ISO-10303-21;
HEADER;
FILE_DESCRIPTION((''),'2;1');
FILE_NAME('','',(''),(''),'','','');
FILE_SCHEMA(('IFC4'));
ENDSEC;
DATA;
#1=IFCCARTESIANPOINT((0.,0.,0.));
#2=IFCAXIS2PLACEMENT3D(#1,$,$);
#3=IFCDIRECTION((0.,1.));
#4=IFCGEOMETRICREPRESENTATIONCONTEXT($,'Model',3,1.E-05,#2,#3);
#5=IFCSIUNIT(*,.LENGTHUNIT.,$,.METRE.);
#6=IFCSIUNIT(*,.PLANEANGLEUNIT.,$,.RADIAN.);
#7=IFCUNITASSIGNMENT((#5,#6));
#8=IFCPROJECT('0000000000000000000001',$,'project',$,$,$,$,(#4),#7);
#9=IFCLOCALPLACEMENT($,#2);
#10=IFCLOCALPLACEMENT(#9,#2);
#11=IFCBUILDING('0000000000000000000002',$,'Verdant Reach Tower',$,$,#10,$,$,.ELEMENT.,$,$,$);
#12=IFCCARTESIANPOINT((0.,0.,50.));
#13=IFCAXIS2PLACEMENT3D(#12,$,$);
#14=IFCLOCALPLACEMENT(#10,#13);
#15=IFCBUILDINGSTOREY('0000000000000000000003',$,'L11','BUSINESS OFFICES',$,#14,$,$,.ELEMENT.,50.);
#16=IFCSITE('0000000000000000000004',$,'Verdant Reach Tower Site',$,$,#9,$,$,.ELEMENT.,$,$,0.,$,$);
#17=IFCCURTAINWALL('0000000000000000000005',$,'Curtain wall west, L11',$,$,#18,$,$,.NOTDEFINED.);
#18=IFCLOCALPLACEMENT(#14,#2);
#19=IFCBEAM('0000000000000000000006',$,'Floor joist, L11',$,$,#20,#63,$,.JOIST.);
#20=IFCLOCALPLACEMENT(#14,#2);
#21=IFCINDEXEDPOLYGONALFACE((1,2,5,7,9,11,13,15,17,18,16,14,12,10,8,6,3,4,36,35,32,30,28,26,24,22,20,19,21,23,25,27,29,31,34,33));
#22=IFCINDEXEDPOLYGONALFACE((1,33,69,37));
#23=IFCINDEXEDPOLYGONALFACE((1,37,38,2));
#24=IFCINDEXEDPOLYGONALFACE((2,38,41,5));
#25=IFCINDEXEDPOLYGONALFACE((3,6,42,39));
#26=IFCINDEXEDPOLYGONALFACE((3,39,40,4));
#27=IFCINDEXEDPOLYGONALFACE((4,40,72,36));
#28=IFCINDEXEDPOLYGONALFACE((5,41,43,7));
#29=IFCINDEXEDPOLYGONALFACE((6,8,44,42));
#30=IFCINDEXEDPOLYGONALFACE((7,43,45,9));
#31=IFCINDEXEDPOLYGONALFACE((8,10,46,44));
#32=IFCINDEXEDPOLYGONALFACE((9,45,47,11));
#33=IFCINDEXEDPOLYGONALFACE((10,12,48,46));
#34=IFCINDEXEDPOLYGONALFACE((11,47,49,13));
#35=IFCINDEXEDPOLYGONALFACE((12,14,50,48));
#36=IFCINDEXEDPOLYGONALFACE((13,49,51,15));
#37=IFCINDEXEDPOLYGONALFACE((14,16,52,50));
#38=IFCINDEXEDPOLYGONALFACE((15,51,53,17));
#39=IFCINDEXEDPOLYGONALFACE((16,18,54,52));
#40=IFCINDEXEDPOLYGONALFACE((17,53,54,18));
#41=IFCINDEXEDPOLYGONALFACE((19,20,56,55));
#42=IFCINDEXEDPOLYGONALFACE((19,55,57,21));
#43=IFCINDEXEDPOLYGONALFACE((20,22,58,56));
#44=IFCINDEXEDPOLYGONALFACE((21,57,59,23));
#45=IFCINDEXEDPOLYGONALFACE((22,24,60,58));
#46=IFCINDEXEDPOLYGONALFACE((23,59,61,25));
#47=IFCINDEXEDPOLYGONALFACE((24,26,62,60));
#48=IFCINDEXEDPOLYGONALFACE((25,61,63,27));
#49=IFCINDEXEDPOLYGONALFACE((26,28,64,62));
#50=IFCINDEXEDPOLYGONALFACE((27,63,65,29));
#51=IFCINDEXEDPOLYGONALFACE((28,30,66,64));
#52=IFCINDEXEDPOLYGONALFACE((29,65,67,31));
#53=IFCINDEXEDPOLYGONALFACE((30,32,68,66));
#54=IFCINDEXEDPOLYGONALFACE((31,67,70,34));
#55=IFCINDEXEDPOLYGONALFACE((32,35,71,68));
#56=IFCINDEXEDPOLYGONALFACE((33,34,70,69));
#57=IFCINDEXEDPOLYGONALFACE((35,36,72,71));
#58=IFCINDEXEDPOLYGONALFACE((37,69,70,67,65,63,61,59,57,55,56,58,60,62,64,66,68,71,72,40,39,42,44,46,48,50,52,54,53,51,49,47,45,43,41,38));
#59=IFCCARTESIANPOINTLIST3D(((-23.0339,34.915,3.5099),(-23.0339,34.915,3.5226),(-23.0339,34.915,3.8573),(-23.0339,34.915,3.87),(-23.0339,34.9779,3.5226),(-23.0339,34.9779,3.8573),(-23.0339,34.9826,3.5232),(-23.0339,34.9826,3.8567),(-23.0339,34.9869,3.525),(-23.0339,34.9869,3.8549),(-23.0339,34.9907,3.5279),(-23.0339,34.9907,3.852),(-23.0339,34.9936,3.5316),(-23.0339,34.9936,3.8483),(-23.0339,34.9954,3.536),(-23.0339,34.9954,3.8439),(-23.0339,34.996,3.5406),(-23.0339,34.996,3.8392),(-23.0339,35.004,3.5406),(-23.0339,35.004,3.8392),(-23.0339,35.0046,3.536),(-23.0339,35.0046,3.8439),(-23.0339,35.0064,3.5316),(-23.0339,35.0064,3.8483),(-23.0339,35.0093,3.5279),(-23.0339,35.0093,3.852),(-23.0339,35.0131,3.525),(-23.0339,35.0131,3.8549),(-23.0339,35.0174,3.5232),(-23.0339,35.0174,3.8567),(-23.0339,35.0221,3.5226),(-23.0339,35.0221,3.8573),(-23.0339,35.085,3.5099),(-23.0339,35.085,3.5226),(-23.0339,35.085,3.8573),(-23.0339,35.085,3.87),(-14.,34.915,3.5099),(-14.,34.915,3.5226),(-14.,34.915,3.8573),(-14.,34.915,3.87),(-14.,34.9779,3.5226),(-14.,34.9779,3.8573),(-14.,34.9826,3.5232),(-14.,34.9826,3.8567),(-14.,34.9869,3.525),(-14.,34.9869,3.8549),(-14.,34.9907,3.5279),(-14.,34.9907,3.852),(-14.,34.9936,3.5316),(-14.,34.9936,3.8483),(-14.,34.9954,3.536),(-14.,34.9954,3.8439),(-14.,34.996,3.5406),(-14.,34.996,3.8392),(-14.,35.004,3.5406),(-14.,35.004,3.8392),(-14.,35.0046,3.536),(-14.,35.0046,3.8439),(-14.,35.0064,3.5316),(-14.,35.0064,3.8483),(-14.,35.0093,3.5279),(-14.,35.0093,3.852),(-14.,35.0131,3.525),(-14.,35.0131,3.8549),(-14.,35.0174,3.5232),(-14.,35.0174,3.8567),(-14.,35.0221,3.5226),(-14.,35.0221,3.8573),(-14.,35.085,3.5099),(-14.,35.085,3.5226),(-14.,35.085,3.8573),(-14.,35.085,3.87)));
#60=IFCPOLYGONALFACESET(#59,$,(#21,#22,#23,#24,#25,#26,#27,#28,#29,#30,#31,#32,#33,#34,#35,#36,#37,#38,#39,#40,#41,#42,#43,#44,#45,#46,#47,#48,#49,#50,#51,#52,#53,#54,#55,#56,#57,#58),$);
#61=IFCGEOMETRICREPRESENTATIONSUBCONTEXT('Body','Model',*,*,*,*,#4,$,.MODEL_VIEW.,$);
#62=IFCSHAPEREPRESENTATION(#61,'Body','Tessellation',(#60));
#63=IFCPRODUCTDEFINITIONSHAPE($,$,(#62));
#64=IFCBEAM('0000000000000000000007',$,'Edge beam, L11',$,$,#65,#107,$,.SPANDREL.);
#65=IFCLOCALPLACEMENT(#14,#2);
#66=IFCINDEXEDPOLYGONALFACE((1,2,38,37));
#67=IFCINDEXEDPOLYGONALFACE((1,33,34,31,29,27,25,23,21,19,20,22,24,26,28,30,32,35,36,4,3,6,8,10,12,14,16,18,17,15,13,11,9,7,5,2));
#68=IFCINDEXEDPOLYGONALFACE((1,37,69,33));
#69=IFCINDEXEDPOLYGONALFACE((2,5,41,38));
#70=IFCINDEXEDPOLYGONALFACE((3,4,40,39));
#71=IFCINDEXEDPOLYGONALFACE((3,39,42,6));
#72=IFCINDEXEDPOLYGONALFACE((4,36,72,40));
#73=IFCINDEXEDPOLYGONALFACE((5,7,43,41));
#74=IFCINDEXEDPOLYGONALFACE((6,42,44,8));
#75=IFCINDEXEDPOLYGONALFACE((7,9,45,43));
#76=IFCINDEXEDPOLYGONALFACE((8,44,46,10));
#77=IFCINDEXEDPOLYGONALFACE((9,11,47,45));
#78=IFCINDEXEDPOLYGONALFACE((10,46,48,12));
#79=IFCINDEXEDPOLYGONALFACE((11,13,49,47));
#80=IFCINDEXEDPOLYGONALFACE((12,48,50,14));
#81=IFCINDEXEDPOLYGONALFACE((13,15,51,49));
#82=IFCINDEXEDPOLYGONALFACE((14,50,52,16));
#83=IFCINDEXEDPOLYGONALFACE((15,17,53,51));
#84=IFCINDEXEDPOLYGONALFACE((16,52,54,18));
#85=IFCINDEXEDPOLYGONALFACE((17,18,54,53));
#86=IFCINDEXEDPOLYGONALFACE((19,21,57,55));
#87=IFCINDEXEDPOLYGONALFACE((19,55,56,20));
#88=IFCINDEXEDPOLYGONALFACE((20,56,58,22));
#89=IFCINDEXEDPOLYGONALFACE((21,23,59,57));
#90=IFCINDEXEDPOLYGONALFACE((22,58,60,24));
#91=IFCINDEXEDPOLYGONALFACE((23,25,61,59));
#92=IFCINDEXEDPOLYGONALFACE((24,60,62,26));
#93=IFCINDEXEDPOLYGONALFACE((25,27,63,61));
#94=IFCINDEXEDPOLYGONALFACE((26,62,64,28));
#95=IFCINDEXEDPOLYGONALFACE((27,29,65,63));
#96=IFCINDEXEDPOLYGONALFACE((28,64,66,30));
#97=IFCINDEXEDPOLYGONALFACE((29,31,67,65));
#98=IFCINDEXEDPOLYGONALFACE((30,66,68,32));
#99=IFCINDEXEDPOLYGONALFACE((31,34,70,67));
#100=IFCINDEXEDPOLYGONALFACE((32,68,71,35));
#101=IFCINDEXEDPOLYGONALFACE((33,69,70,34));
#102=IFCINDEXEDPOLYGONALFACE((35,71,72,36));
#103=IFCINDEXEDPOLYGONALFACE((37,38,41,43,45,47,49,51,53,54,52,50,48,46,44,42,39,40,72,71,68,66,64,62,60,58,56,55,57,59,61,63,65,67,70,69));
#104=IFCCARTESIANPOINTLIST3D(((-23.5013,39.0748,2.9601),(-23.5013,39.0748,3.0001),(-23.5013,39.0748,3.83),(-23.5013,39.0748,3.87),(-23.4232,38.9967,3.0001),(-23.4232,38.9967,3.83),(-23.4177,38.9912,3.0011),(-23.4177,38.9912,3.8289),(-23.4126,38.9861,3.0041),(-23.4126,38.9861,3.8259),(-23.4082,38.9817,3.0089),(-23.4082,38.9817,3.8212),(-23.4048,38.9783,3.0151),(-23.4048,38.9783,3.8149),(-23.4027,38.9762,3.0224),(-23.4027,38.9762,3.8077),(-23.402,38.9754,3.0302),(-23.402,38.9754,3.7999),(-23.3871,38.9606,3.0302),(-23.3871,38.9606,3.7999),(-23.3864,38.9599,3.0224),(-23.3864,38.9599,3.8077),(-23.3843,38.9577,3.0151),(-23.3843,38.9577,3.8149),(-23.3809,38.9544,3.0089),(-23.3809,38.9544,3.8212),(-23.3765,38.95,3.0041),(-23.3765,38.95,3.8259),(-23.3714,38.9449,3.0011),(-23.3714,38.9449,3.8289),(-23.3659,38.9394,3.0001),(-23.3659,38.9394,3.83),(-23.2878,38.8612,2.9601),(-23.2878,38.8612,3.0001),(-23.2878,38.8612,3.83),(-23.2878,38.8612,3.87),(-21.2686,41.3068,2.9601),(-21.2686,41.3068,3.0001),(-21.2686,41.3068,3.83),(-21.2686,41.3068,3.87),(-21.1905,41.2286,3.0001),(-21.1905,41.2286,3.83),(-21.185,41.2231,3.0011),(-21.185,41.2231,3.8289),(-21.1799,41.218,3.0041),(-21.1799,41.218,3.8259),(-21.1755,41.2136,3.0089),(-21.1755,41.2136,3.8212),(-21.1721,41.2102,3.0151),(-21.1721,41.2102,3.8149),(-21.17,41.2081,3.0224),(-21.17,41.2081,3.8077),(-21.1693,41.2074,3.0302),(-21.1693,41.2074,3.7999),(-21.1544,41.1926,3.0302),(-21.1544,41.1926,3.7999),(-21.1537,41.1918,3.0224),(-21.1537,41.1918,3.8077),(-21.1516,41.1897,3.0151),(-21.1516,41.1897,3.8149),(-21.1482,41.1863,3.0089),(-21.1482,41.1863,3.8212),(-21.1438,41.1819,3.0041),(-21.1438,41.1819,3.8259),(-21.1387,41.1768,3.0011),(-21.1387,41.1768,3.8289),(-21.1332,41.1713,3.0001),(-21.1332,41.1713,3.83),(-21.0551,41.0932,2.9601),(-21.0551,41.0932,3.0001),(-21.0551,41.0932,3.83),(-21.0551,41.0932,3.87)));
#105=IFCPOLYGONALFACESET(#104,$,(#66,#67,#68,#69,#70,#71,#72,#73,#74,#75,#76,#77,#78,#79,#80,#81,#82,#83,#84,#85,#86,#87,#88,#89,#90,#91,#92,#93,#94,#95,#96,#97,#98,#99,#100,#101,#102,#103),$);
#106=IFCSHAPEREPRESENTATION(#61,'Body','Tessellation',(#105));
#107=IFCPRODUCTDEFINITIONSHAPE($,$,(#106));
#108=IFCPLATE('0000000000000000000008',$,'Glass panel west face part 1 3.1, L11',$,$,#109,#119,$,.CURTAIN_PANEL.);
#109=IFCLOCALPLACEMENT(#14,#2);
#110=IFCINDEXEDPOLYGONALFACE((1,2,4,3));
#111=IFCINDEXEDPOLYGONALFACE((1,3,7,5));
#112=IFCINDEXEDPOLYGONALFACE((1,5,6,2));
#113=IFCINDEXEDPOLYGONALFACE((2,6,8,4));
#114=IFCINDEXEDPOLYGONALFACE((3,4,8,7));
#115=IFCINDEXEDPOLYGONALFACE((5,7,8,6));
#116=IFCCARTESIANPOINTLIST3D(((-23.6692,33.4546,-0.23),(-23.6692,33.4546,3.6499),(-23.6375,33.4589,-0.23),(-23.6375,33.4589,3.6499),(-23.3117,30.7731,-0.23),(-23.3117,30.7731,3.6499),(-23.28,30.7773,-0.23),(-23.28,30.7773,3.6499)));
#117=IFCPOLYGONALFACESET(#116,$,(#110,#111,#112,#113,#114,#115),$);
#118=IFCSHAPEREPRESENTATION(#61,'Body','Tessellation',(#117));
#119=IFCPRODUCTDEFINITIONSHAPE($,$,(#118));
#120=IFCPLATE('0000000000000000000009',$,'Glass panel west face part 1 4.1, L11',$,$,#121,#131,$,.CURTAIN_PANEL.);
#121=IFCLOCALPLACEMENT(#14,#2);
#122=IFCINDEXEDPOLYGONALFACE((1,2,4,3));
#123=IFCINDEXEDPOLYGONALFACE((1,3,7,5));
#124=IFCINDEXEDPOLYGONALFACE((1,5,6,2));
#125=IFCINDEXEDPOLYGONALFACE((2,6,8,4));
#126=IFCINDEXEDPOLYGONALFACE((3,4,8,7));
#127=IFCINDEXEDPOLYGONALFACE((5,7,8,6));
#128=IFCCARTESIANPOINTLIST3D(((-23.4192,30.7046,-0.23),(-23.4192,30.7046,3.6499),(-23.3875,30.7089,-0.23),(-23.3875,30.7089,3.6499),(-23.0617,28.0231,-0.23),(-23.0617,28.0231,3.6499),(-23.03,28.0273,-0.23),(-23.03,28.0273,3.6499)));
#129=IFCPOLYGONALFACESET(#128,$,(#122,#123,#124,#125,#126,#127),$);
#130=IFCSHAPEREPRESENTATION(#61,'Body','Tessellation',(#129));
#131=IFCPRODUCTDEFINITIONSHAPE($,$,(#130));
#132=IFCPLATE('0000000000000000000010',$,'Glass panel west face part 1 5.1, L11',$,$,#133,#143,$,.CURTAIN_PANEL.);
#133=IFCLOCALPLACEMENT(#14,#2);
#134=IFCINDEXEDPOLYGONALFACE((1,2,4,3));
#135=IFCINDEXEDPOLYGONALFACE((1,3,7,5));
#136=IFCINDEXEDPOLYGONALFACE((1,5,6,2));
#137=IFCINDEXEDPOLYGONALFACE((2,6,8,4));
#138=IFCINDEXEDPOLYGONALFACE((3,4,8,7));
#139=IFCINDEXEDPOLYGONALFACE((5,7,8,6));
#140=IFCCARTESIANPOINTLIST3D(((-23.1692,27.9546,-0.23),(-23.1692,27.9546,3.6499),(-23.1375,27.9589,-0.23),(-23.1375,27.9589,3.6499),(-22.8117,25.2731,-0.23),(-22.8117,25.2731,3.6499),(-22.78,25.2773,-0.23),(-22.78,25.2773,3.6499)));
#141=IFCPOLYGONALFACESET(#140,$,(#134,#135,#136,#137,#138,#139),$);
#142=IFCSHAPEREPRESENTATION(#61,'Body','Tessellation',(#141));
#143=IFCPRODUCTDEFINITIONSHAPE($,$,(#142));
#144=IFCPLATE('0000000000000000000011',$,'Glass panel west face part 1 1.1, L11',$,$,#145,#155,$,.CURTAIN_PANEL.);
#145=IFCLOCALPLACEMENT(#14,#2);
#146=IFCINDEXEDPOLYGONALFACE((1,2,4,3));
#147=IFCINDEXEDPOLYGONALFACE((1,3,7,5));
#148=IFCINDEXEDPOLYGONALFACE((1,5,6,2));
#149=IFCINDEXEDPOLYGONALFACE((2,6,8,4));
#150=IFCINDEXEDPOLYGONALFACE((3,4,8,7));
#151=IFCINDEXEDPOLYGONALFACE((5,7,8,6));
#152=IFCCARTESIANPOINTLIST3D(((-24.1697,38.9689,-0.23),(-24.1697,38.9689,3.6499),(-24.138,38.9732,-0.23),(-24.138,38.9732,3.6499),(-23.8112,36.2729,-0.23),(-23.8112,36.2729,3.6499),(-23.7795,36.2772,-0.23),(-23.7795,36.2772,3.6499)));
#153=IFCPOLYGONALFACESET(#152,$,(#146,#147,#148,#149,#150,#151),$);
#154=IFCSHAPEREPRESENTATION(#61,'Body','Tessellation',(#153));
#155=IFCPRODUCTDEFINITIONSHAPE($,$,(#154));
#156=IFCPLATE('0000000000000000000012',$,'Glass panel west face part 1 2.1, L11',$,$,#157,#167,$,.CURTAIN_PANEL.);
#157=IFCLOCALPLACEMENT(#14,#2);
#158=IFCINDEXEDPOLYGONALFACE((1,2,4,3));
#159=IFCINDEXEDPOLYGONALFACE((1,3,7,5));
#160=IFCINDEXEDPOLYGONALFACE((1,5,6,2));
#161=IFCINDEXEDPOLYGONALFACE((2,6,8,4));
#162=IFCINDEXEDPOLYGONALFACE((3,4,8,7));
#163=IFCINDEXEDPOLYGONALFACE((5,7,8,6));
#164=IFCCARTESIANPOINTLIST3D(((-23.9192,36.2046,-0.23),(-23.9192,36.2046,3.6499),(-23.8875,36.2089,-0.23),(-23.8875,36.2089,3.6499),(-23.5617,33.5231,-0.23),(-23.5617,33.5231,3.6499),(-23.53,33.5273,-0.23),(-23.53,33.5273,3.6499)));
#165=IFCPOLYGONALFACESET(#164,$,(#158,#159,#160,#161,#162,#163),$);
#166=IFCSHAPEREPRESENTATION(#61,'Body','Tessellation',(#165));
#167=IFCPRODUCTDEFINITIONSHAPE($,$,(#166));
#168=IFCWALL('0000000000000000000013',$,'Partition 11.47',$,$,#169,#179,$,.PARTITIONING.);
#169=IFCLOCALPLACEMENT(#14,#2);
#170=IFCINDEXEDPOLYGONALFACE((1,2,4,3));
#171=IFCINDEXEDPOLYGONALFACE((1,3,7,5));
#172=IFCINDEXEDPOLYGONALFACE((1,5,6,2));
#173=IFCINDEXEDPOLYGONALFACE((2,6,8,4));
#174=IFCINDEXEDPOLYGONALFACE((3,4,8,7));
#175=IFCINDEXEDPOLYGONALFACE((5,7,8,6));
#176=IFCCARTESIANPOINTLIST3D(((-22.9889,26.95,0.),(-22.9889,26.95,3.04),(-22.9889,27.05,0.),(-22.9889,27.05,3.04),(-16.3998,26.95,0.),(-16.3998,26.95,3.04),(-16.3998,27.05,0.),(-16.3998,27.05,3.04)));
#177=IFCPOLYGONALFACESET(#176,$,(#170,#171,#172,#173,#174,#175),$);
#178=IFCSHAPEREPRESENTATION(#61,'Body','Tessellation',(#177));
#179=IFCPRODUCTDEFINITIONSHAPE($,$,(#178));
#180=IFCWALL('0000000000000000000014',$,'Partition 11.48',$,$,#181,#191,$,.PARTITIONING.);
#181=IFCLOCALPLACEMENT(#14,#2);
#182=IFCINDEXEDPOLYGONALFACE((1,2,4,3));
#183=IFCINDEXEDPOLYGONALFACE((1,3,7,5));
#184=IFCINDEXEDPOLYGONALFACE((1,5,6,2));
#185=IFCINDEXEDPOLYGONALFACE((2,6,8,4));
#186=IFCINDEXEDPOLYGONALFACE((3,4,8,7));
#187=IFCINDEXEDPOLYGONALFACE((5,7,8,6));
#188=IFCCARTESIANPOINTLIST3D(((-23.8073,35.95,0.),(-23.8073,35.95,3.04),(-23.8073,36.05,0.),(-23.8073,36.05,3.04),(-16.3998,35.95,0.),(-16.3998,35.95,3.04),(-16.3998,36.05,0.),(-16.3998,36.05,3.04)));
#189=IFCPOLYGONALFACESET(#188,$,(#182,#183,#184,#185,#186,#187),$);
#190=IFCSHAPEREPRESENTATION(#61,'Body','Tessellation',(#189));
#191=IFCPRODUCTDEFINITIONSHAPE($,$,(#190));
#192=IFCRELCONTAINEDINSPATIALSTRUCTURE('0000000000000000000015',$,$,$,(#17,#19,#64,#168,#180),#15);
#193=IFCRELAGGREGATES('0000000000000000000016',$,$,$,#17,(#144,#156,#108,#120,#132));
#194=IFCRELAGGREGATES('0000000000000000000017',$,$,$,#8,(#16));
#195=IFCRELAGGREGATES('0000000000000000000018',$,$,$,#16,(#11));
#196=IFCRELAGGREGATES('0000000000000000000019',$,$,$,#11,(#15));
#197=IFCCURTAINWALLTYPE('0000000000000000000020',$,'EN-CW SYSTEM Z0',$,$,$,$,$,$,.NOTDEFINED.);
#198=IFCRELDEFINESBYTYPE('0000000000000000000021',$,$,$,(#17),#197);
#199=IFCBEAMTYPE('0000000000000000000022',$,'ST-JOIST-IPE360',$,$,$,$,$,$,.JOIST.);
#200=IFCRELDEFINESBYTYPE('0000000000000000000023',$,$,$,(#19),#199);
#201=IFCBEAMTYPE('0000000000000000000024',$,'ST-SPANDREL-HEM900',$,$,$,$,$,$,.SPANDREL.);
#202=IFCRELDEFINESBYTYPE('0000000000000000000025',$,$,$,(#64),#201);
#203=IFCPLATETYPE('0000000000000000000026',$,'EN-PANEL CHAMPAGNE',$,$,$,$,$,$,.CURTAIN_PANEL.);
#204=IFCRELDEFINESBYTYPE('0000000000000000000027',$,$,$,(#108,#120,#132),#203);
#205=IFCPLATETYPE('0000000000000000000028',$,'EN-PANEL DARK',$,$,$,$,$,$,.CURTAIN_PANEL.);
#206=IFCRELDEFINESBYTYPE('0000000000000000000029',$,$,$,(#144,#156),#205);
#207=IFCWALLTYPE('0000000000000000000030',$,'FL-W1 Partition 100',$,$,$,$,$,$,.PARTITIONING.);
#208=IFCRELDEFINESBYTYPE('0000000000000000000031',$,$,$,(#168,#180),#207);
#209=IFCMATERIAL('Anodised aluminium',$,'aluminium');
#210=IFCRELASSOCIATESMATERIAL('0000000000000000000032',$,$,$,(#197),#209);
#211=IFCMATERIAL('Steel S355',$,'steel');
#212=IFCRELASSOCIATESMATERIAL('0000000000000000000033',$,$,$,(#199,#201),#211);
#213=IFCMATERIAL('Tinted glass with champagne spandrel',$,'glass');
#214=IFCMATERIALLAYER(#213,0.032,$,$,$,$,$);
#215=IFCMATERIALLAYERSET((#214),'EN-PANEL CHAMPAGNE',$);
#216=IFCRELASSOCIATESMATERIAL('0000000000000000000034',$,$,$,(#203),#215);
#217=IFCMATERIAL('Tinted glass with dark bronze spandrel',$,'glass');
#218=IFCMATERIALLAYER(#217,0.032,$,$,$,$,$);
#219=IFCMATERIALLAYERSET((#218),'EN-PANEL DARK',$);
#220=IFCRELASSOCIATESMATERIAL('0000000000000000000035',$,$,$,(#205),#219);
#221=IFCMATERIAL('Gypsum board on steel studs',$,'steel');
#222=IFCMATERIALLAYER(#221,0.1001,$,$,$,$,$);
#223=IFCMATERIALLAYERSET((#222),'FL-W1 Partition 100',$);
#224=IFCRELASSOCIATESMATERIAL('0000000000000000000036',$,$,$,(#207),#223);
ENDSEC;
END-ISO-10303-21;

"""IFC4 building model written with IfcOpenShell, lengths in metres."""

from ifc_helpers import new_model, si_unit, direction, frame, frame_2d, origin, origin_2d, place, context, subcontext, project, spatial, rectangle, i_section, extrude, material, layer, layer_set, material_profile, profile_set, type_object, element, aggregate, save


model = new_model("IFC4")

# Units and contexts
model_context = context("Model", 3, precision=1e-05, world=origin(), true_north=direction((0.0, 1.0)))
body_context = subcontext(model_context, "Body", "Model", "MODEL_VIEW")
ifc_project = project(units=[si_unit("LENGTHUNIT", "METRE"), si_unit("PLANEANGLEUNIT", "RADIAN")], contexts=[model_context])

# Site, building, storey
site_placement = place(None, origin())
site = spatial("IfcSite", under=ifc_project, at=site_placement, Name="Verdant Reach Tower Site", CompositionType="ELEMENT", RefElevation=0.0)
building_placement = place(site_placement, origin())
building = spatial("IfcBuilding", under=site, at=building_placement, Name="Verdant Reach Tower", CompositionType="ELEMENT")
storey_placement = place(building_placement, frame((0.0, 0.0, 50.0)))
storey = spatial("IfcBuildingStorey", under=building, at=storey_placement, Name="L11", Description="BUSINESS OFFICES", CompositionType="ELEMENT", Elevation=50.0)

# Curtain wall
ifc_material_1 = material(Name="Anodised aluminium", Category="aluminium")
curtain_wall_type = type_object("IfcCurtainWallType", Name="EN-CW SYSTEM Z0", PredefinedType="NOTDEFINED", material=ifc_material_1)
curtain_wall_placement = place(storey_placement, origin())
curtain_wall = element("IfcCurtainWall", 1, at=curtain_wall_placement, inside=storey, type_object=curtain_wall_type, Name="Curtain wall west, L11", PredefinedType="NOTDEFINED")

# Beams
ifc_material_2 = material(Name="Steel S355", Category="steel")
ifc_material_profile_1 = material_profile(ifc_material_2, i_section(OverallWidth=0.1699, OverallDepth=0.3601, WebThickness=0.0081, FlangeThickness=0.0127, FilletRadius=0.0181, at=origin_2d()), Name="IPE 360")
ifc_profile_set_1 = profile_set([ifc_material_profile_1], Name="Steel S355")
beam_type_1 = type_object("IfcBeamType", Name="ST-JOIST-IPE360", PredefinedType="JOIST", material=ifc_profile_set_1)
beam_1_placement = place(storey_placement, frame((-14.0, 35.0, 3.6899), z_axis=(-1.0, 0.0, 0.0), x_axis=(0.0, -1.0, 0.0)))
element("IfcBeam", 2, at=beam_1_placement, inside=storey, type_object=beam_type_1, Name="Floor joist, L11", PredefinedType="JOIST", context=body_context, shape_type="SweptSolid", body=[
    extrude(i_section(OverallWidth=0.1699, OverallDepth=0.3601, WebThickness=0.0081, FlangeThickness=0.0127, FilletRadius=0.0181, at=origin_2d()), origin(), (0.0, 0.0, 1.0), 9.0339),
])
ifc_material_profile_2 = material_profile(ifc_material_2, i_section(OverallWidth=0.302, OverallDepth=0.9099, WebThickness=0.021, FlangeThickness=0.04, FilletRadius=0.03, at=origin_2d()), Name="HEM 900")
ifc_profile_set_2 = profile_set([ifc_material_profile_2], Name="Steel S355")
beam_type_2 = type_object("IfcBeamType", Name="ST-SPANDREL-HEM900", PredefinedType="SPANDREL", material=ifc_profile_set_2)
beam_2_placement = place(storey_placement, frame((-23.3945, 38.968, 3.415), z_axis=(0.707223, 0.706991, 0.0), x_axis=(-0.706991, 0.707223, 0.0)))
element("IfcBeam", 3, at=beam_2_placement, inside=storey, type_object=beam_type_2, Name="Edge beam, L11", PredefinedType="SPANDREL", context=body_context, shape_type="SweptSolid", body=[
    extrude(i_section(OverallWidth=0.302, OverallDepth=0.9099, WebThickness=0.021, FlangeThickness=0.04, FilletRadius=0.03, at=origin_2d()), origin(), (0.0, 0.0, 1.0), 3.157),
])

# Plates
ifc_material_3 = material(Name="Tinted glass with champagne spandrel", Category="glass")
ifc_layer_1 = layer(ifc_material_3, 0.032)
ifc_layer_set_1 = layer_set([ifc_layer_1], Name="EN-PANEL CHAMPAGNE")
plate_type_1 = type_object("IfcPlateType", Name="EN-PANEL CHAMPAGNE", PredefinedType="CURTAIN_PANEL", material=ifc_layer_set_1)
plate_1_placement = place(storey_placement, frame((-23.4746, 32.116, -0.23), z_axis=(0.0, 0.0, 1.0), x_axis=(0.13216, -0.991228, 0.0)))
plate_1 = element("IfcPlate", 4, at=plate_1_placement, type_object=plate_type_1, Name="Glass panel west face part 1 3.1, L11", PredefinedType="CURTAIN_PANEL", context=body_context, shape_type="SweptSolid", body=[
    extrude(rectangle(XDim=2.7053, YDim=0.032, at=origin_2d()), origin(), (0.0, 0.0, 1.0), 3.8799),
])
plate_2_placement = place(storey_placement, frame((-23.2246, 29.366, -0.23), z_axis=(0.0, 0.0, 1.0), x_axis=(0.13216, -0.991228, 0.0)))
plate_2 = element("IfcPlate", 5, at=plate_2_placement, type_object=plate_type_1, Name="Glass panel west face part 1 4.1, L11", PredefinedType="CURTAIN_PANEL", context=body_context, shape_type="SweptSolid", body=[
    extrude(rectangle(XDim=2.7053, YDim=0.032, at=origin_2d()), origin(), (0.0, 0.0, 1.0), 3.8799),
])
plate_3_placement = place(storey_placement, frame((-22.9746, 26.616, -0.23), z_axis=(0.0, 0.0, 1.0), x_axis=(0.13216, -0.991228, 0.0)))
plate_3 = element("IfcPlate", 6, at=plate_3_placement, type_object=plate_type_1, Name="Glass panel west face part 1 5.1, L11", PredefinedType="CURTAIN_PANEL", context=body_context, shape_type="SweptSolid", body=[
    extrude(rectangle(XDim=2.7053, YDim=0.032, at=origin_2d()), origin(), (0.0, 0.0, 1.0), 3.8799),
])
ifc_material_4 = material(Name="Tinted glass with dark bronze spandrel", Category="glass")
ifc_layer_2 = layer(ifc_material_4, 0.032)
ifc_layer_set_2 = layer_set([ifc_layer_2], Name="EN-PANEL DARK")
plate_type_2 = type_object("IfcPlateType", Name="EN-PANEL DARK", PredefinedType="CURTAIN_PANEL", material=ifc_layer_set_2)
plate_4_placement = place(storey_placement, frame((-23.9746, 37.623, -0.23), z_axis=(0.0, 0.0, 1.0), x_axis=(0.131793, -0.991277, 0.0)))
plate_4 = element("IfcPlate", 7, at=plate_4_placement, type_object=plate_type_2, Name="Glass panel west face part 1 1.1, L11", PredefinedType="CURTAIN_PANEL", context=body_context, shape_type="SweptSolid", body=[
    extrude(rectangle(XDim=2.7197, YDim=0.032, at=origin_2d()), origin(), (0.0, 0.0, 1.0), 3.8799),
])
plate_5_placement = place(storey_placement, frame((-23.7246, 34.866, -0.23), z_axis=(0.0, 0.0, 1.0), x_axis=(0.13216, -0.991228, 0.0)))
plate_5 = element("IfcPlate", 8, at=plate_5_placement, type_object=plate_type_2, Name="Glass panel west face part 1 2.1, L11", PredefinedType="CURTAIN_PANEL", context=body_context, shape_type="SweptSolid", body=[
    extrude(rectangle(XDim=2.7053, YDim=0.032, at=origin_2d()), origin(), (0.0, 0.0, 1.0), 3.8799),
])
aggregate(curtain_wall, [plate_4, plate_5, plate_1, plate_2, plate_3])

# Walls
ifc_material_5 = material(Name="Gypsum board on steel studs", Category="steel")
ifc_layer_3 = layer(ifc_material_5, 0.1001)
ifc_layer_set_3 = layer_set([ifc_layer_3], Name="FL-W1 Partition 100")
wall_type_1 = type_object("IfcWallType", Name="FL-W1 Partition 100", PredefinedType="PARTITIONING", material=ifc_layer_set_3)
wall_1_placement = place(storey_placement, frame((-16.3999, 27.0, 0.0), z_axis=(0.0, 0.0, 1.0), x_axis=(-1.0, 0.0, 0.0)))
element("IfcWall", 9, at=wall_1_placement, inside=storey, type_object=wall_type_1, Name="Partition 11.47", PredefinedType="PARTITIONING", context=body_context, shape_type="SweptSolid", body=[
    extrude(rectangle(XDim=6.5891, YDim=0.1001, at=frame_2d((3.2944, 0.0))), origin(), (0.0, 0.0, 1.0), 3.04),
])
wall_2_placement = place(storey_placement, frame((-16.3999, 36.0, 0.0), z_axis=(0.0, 0.0, 1.0), x_axis=(-1.0, 0.0, 0.0)))
element("IfcWall", 10, at=wall_2_placement, inside=storey, type_object=wall_type_1, Name="Partition 11.48", PredefinedType="PARTITIONING", context=body_context, shape_type="SweptSolid", body=[
    extrude(rectangle(XDim=7.4075, YDim=0.1001, at=frame_2d((3.7036, 0.0))), origin(), (0.0, 0.0, 1.0), 3.04),
])

save(model, "model.ifc")
